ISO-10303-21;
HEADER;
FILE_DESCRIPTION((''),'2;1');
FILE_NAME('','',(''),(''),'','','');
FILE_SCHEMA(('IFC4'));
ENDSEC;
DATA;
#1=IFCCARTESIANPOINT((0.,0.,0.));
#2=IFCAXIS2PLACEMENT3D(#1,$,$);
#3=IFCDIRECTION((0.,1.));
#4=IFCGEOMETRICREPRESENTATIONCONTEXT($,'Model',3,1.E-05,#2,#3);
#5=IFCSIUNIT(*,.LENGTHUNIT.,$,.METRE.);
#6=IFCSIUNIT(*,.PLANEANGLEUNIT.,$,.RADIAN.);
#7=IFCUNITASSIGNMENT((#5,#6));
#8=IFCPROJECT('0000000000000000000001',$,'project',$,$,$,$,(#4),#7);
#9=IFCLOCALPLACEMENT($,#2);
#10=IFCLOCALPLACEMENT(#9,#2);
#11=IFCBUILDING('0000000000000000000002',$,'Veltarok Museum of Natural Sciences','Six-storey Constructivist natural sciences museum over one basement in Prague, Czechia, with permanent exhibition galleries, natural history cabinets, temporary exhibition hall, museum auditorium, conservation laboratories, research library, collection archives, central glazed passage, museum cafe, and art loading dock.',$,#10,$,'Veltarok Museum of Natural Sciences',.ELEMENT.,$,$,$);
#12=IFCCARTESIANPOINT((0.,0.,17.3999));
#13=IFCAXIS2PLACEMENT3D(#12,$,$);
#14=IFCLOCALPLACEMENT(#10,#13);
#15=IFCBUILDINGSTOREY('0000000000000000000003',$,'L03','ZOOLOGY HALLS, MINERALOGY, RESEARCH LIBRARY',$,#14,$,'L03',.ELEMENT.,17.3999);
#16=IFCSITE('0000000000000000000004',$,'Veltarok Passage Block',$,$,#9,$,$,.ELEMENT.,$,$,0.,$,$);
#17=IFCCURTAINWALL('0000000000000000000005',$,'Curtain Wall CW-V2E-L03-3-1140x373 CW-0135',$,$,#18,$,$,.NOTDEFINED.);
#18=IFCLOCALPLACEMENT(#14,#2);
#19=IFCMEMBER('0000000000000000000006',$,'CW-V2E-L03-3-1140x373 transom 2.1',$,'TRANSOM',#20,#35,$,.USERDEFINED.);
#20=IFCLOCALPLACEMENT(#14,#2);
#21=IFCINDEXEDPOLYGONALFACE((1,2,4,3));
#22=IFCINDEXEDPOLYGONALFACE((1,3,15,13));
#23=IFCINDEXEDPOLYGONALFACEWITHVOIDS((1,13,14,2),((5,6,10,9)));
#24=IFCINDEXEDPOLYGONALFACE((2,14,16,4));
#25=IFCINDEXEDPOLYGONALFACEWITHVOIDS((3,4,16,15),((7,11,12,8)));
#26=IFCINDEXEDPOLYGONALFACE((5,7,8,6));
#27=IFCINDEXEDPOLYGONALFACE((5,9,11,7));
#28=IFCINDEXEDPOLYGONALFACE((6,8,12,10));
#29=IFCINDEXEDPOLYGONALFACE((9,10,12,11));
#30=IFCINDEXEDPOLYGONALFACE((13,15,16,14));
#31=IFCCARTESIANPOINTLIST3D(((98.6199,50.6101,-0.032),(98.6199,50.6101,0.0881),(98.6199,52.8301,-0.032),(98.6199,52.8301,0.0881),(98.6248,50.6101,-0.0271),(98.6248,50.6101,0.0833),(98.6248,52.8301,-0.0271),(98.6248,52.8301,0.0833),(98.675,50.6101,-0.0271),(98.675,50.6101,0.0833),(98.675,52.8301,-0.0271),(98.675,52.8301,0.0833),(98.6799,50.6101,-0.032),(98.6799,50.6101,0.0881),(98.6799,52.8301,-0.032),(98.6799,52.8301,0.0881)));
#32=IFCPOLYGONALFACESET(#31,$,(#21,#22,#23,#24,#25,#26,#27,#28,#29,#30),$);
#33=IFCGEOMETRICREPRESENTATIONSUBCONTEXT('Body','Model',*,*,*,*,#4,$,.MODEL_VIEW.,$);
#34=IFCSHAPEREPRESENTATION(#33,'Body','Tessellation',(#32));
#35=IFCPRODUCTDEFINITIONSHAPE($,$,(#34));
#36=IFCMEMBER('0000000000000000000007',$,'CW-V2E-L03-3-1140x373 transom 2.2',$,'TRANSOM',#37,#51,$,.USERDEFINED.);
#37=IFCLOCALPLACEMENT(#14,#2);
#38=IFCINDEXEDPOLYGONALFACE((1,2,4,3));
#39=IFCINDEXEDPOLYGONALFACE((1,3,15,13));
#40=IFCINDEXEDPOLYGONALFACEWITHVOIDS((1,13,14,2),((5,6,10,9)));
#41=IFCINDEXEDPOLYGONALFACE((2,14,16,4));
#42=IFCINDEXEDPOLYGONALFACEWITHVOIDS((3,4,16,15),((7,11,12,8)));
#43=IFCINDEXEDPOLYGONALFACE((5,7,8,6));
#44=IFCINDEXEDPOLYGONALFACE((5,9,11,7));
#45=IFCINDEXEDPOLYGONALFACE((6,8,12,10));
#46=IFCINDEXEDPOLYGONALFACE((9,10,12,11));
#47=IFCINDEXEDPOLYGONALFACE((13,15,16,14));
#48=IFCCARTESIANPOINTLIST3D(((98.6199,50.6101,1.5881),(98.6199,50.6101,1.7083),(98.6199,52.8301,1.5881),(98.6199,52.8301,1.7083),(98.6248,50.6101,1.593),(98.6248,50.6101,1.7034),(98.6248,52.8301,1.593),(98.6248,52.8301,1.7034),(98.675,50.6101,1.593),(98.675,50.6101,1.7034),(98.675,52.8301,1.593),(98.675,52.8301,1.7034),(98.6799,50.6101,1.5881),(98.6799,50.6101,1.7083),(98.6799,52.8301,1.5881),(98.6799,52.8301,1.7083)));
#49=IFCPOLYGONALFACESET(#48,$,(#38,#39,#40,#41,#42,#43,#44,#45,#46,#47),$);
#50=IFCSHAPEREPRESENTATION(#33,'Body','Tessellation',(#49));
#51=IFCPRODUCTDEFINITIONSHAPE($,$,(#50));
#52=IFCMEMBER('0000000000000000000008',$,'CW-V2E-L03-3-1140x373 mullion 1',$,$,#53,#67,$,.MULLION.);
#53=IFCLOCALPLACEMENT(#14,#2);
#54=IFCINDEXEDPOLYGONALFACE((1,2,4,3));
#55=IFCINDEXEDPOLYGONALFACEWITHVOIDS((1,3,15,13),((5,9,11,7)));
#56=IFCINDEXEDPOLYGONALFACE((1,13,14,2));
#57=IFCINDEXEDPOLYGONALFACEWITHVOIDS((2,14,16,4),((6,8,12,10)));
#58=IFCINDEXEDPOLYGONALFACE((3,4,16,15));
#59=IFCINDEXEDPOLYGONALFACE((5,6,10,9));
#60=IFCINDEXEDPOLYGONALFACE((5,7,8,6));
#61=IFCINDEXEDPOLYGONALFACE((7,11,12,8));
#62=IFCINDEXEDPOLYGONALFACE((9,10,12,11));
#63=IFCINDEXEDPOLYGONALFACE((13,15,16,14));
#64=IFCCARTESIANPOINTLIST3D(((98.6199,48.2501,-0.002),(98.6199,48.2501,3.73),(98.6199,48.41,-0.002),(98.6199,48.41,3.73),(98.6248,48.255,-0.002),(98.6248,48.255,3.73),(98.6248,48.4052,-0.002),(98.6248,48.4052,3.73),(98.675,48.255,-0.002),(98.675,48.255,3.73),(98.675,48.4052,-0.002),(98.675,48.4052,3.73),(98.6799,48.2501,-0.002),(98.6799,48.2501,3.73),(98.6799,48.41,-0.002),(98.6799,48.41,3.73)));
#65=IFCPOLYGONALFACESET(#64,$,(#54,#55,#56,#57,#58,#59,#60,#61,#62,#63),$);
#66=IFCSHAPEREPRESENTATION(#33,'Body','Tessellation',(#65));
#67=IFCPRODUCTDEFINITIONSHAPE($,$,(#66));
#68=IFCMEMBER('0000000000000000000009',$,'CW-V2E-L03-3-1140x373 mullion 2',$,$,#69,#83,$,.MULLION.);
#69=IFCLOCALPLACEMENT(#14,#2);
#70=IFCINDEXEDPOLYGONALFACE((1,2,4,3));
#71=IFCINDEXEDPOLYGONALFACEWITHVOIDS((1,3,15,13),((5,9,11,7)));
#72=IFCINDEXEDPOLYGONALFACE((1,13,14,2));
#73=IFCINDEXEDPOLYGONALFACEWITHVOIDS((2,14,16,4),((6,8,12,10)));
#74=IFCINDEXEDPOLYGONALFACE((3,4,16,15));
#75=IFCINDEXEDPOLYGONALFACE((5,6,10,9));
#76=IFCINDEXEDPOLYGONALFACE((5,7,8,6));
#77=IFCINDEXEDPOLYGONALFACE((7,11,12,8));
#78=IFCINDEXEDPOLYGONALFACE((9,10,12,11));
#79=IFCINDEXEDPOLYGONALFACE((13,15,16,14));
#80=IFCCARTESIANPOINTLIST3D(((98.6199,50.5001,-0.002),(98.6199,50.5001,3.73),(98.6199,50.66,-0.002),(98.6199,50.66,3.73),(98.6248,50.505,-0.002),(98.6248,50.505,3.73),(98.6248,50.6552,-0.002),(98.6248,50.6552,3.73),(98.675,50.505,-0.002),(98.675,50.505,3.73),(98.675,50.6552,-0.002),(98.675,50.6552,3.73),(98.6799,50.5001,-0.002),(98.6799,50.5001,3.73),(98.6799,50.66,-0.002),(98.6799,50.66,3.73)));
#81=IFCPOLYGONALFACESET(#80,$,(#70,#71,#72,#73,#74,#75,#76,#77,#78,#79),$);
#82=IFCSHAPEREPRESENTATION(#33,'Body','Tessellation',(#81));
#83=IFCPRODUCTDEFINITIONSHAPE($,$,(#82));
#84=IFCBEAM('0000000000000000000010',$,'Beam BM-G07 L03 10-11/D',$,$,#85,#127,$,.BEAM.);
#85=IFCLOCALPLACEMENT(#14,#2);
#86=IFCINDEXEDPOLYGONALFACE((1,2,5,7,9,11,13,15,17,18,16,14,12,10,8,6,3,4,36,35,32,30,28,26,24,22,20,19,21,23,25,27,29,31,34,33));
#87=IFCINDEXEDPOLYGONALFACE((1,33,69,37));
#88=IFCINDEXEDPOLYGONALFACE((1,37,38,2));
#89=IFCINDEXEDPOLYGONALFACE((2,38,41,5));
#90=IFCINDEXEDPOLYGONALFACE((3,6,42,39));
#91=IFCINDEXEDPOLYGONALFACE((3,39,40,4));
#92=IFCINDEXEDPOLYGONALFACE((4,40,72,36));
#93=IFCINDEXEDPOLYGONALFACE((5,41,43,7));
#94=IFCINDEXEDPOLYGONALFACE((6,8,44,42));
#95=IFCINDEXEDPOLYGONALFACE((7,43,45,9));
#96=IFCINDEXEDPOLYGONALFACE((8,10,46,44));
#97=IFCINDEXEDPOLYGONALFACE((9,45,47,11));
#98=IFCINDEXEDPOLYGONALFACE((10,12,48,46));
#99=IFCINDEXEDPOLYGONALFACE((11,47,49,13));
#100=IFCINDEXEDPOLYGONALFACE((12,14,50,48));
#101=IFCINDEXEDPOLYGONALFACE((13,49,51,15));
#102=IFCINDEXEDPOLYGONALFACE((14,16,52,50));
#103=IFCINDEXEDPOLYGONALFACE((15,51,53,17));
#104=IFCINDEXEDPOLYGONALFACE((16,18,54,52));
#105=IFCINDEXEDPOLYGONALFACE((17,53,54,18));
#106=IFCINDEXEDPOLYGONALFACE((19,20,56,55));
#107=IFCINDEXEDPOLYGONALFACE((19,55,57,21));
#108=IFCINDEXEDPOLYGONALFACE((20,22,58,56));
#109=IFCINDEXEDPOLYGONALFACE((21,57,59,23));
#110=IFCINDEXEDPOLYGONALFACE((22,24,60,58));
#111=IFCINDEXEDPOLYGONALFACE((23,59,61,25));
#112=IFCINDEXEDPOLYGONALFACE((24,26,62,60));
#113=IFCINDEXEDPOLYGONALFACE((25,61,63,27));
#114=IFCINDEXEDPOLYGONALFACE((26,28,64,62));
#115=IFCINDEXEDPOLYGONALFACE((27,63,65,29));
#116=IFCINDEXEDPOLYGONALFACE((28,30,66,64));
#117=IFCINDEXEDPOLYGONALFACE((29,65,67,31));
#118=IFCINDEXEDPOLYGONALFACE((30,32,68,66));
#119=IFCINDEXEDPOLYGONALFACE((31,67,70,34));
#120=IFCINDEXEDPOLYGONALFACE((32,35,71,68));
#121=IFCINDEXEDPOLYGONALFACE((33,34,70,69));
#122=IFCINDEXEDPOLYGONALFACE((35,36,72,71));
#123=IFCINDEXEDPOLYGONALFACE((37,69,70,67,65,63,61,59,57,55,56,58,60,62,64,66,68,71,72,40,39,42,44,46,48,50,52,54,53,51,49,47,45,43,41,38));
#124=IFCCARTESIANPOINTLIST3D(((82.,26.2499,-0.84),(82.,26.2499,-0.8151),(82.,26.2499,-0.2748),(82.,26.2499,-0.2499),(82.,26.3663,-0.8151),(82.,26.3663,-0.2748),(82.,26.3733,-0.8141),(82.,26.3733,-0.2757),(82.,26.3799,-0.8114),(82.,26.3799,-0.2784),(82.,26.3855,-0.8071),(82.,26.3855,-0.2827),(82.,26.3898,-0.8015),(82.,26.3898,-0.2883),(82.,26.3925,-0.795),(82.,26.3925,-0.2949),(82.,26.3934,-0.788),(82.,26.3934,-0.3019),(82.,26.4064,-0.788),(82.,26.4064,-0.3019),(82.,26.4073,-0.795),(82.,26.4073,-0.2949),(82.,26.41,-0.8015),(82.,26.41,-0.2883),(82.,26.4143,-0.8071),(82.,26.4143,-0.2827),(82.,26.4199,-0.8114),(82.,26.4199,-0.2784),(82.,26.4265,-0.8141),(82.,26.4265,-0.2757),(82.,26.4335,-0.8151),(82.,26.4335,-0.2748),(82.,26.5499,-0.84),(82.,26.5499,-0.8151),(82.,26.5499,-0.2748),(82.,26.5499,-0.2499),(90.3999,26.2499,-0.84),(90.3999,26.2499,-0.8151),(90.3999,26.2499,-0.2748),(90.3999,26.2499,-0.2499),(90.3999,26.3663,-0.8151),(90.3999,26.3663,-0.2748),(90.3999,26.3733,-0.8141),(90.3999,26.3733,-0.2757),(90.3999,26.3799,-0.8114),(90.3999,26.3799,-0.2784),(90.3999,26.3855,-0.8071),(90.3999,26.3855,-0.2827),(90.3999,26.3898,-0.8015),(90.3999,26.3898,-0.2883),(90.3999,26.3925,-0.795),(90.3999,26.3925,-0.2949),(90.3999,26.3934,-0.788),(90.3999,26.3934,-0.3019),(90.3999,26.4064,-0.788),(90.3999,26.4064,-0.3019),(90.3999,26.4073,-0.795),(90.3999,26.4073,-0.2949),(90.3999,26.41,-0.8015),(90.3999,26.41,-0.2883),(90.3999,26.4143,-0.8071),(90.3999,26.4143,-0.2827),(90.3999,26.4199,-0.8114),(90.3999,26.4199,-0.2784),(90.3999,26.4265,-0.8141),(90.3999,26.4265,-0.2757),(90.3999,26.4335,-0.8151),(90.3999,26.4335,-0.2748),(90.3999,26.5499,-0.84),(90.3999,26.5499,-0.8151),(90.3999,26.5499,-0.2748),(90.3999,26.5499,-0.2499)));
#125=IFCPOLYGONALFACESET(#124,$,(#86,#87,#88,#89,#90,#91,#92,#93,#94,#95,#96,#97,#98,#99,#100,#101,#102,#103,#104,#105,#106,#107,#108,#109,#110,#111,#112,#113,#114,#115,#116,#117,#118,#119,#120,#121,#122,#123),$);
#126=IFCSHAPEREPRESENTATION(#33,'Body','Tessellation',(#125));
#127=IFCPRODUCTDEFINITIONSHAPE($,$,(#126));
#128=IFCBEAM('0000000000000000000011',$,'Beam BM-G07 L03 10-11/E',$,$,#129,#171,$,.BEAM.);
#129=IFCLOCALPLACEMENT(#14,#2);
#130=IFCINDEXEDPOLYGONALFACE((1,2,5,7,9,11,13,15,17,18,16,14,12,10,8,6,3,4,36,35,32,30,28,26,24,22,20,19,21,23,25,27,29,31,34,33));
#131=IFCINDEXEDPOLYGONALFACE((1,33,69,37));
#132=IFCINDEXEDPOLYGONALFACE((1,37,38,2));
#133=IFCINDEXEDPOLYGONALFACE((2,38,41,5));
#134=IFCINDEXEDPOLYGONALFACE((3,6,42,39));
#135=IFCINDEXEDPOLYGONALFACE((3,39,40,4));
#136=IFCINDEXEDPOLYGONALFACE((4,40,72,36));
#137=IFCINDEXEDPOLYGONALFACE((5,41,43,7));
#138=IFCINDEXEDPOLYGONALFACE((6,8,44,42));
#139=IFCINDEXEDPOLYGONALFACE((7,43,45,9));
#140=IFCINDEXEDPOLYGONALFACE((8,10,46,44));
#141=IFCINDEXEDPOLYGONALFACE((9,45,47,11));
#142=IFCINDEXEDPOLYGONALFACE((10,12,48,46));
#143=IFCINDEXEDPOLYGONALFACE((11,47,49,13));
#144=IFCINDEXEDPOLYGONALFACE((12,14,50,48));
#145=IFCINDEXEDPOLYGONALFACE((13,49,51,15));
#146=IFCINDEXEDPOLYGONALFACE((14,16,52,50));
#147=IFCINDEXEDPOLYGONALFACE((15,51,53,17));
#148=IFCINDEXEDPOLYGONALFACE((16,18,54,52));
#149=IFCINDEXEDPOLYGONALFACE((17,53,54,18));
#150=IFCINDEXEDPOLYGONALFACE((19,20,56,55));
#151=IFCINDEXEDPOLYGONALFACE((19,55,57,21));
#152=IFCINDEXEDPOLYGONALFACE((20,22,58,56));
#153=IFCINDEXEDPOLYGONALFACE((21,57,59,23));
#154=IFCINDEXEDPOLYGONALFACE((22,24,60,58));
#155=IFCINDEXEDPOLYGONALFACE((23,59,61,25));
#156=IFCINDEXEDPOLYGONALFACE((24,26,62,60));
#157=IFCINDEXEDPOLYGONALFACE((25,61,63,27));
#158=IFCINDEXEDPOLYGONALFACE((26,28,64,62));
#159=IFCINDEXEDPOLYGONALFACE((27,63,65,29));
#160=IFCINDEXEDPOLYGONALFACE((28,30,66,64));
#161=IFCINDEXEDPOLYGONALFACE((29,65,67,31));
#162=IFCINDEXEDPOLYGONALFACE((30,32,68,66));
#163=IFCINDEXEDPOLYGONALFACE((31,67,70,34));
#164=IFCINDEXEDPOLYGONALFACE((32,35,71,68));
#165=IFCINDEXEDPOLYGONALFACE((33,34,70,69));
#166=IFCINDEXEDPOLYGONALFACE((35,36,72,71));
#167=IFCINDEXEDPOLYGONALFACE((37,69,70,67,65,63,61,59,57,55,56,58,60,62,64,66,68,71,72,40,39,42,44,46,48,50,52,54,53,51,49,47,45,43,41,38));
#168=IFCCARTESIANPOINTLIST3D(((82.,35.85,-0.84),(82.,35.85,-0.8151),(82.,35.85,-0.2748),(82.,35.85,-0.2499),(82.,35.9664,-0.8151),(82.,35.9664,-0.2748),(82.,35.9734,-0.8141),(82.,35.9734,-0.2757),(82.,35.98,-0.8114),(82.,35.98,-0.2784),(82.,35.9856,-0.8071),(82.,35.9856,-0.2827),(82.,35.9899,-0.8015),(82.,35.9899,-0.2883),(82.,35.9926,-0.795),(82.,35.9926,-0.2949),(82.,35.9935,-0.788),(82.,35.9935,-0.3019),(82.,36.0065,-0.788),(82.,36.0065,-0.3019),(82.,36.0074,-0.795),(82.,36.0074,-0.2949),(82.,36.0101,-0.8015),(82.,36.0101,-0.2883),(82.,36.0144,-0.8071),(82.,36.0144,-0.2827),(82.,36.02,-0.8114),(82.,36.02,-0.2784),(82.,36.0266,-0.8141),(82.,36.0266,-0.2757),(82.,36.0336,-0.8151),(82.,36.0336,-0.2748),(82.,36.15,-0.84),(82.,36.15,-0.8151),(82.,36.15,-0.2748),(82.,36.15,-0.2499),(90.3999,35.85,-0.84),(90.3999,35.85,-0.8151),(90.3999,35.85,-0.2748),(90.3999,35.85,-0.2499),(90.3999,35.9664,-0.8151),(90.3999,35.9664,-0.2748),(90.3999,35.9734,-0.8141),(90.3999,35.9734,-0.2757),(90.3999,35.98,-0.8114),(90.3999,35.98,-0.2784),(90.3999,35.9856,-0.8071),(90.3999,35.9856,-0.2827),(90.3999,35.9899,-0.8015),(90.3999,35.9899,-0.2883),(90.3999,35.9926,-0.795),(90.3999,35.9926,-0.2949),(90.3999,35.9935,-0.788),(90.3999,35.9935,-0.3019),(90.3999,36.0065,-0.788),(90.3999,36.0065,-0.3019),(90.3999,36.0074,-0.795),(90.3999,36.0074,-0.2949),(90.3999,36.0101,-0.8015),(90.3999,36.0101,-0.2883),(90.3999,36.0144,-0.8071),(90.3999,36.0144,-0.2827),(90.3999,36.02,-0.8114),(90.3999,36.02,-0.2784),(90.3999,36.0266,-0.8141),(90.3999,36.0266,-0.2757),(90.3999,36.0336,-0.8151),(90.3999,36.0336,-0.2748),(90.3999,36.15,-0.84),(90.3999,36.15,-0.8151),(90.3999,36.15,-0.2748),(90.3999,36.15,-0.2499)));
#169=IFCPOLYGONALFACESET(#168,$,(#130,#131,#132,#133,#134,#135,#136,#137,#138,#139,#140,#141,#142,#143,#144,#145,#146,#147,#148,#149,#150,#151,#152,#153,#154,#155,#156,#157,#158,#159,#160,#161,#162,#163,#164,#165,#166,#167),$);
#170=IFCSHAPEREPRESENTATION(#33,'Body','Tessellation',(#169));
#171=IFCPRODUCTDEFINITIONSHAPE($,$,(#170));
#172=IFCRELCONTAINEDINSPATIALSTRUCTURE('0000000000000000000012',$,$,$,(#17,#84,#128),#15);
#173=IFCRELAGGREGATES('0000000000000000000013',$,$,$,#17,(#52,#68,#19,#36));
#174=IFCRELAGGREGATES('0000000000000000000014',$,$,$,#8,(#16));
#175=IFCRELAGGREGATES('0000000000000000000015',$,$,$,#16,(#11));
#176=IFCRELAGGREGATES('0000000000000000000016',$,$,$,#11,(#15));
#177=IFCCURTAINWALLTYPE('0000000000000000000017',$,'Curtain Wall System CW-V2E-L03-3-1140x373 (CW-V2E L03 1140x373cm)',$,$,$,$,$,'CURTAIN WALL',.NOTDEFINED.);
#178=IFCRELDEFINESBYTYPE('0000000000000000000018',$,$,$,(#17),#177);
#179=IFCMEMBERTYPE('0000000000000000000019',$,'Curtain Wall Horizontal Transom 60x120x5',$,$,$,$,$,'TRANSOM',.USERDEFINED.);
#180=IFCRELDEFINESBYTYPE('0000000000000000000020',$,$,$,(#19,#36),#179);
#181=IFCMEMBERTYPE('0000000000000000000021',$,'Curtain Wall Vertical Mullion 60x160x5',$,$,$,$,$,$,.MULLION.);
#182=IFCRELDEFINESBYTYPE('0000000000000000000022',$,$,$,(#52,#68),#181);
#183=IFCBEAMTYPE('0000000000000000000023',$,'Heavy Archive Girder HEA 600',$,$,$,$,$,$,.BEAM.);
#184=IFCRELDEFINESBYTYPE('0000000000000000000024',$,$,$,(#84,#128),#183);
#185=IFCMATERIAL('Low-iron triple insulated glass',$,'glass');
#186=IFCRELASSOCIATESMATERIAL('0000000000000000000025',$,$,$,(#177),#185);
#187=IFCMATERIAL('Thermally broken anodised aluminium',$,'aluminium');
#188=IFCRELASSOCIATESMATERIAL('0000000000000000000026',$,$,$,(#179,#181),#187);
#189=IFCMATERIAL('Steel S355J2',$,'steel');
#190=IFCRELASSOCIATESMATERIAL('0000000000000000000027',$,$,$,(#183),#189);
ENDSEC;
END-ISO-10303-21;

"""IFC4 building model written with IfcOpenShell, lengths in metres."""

from ifc_helpers import new_model, si_unit, direction, frame, origin, origin_2d, place, context, subcontext, project, spatial, hollow_rectangle, i_section, extrude, material, material_profile, profile_set, type_object, element, aggregate, save


model = new_model("IFC4")

# Units and contexts
model_context = context("Model", 3, precision=1e-05, world=origin(), true_north=direction((0.0, 1.0)))
body_context = subcontext(model_context, "Body", "Model", "MODEL_VIEW")
ifc_project = project(units=[si_unit("LENGTHUNIT", "METRE"), si_unit("PLANEANGLEUNIT", "RADIAN")], contexts=[model_context])

# Site, building, storey
site_placement = place(None, origin())
site = spatial("IfcSite", under=ifc_project, at=site_placement, Name="Veltarok Passage Block", CompositionType="ELEMENT", RefElevation=0.0)
building_placement = place(site_placement, origin())
building = spatial("IfcBuilding", under=site, at=building_placement, Name="Veltarok Museum of Natural Sciences", Description="Six-storey Constructivist natural sciences museum over one basement in Prague, Czechia, with permanent exhibition galleries, natural history cabinets, temporary exhibition hall, museum auditorium, conservation laboratories, research library, collection archives, central glazed passage, museum cafe, and art loading dock.", LongName="Veltarok Museum of Natural Sciences", CompositionType="ELEMENT")
storey_placement = place(building_placement, frame((0.0, 0.0, 17.3999)))
storey = spatial("IfcBuildingStorey", under=building, at=storey_placement, Name="L03", Description="ZOOLOGY HALLS, MINERALOGY, RESEARCH LIBRARY", LongName="L03", CompositionType="ELEMENT", Elevation=17.3999)

# Shared definitions
ifc_material_1 = material(Name="Steel S355J2", Category="steel")

# Curtain wall, members
ifc_material_2 = material(Name="Low-iron triple insulated glass", Category="glass")
curtain_wall_type = type_object("IfcCurtainWallType", Name="Curtain Wall System CW-V2E-L03-3-1140x373 (CW-V2E L03 1140x373cm)", ElementType="CURTAIN WALL", PredefinedType="NOTDEFINED", material=ifc_material_2)
curtain_wall_placement = place(storey_placement, origin())
curtain_wall = element("IfcCurtainWall", 1, at=curtain_wall_placement, inside=storey, type_object=curtain_wall_type, Name="Curtain Wall CW-V2E-L03-3-1140x373 CW-0135", PredefinedType="NOTDEFINED")
ifc_material_3 = material(Name="Thermally broken anodised aluminium", Category="aluminium")
ifc_material_profile_1 = material_profile(ifc_material_3, hollow_rectangle(XDim=0.0601, YDim=0.1201, WallThickness=0.0049, at=origin_2d()), Name="CW TRANSOM 60x120x5")
ifc_profile_set_1 = profile_set([ifc_material_profile_1], Name="Thermally broken anodised aluminium")
member_type_1 = type_object("IfcMemberType", Name="Curtain Wall Horizontal Transom 60x120x5", ElementType="TRANSOM", PredefinedType="USERDEFINED", material=ifc_profile_set_1)
member_1_placement = place(storey_placement, frame((98.6499, 50.6101, 0.0281), z_axis=(0.0, 1.0, 0.0), x_axis=(-1.0, 0.0, 0.0)))
member_1 = element("IfcMember", 2, at=member_1_placement, type_object=member_type_1, Name="CW-V2E-L03-3-1140x373 transom 2.1", ObjectType="TRANSOM", PredefinedType="USERDEFINED", context=body_context, shape_type="SweptSolid", body=[
    extrude(hollow_rectangle(XDim=0.0601, YDim=0.1201, WallThickness=0.0049, at=origin_2d()), origin(), (0.0, 0.0, 1.0), 2.22),
])
member_2_placement = place(storey_placement, frame((98.6499, 50.6101, 1.6482), z_axis=(0.0, 1.0, 0.0), x_axis=(-1.0, 0.0, 0.0)))
member_2 = element("IfcMember", 3, at=member_2_placement, type_object=member_type_1, Name="CW-V2E-L03-3-1140x373 transom 2.2", ObjectType="TRANSOM", PredefinedType="USERDEFINED", context=body_context, shape_type="SweptSolid", body=[
    extrude(hollow_rectangle(XDim=0.0601, YDim=0.1201, WallThickness=0.0049, at=origin_2d()), origin(), (0.0, 0.0, 1.0), 2.22),
])
ifc_material_profile_2 = material_profile(ifc_material_3, hollow_rectangle(XDim=0.0601, YDim=0.1599, WallThickness=0.0049, at=origin_2d()), Name="CW MULLION 60x160x5")
ifc_profile_set_2 = profile_set([ifc_material_profile_2], Name="Thermally broken anodised aluminium")
member_type_2 = type_object("IfcMemberType", Name="Curtain Wall Vertical Mullion 60x160x5", PredefinedType="MULLION", material=ifc_profile_set_2)
member_3_placement = place(storey_placement, frame((98.6499, 48.3301, -0.002), z_axis=(0.0, 0.0, 1.0), x_axis=(-1.0, 0.0, 0.0)))
member_3 = element("IfcMember", 4, at=member_3_placement, type_object=member_type_2, Name="CW-V2E-L03-3-1140x373 mullion 1", PredefinedType="MULLION", context=body_context, shape_type="SweptSolid", body=[
    extrude(hollow_rectangle(XDim=0.0601, YDim=0.1599, WallThickness=0.0049, at=origin_2d()), origin(), (0.0, 0.0, 1.0), 3.7319),
])
member_4_placement = place(storey_placement, frame((98.6499, 50.5801, -0.002), z_axis=(0.0, 0.0, 1.0), x_axis=(-1.0, 0.0, 0.0)))
member_4 = element("IfcMember", 5, at=member_4_placement, type_object=member_type_2, Name="CW-V2E-L03-3-1140x373 mullion 2", PredefinedType="MULLION", context=body_context, shape_type="SweptSolid", body=[
    extrude(hollow_rectangle(XDim=0.0601, YDim=0.1599, WallThickness=0.0049, at=origin_2d()), origin(), (0.0, 0.0, 1.0), 3.7319),
])

# Beams
ifc_material_profile_3 = material_profile(ifc_material_1, i_section(OverallWidth=0.3, OverallDepth=0.5901, WebThickness=0.0129, FlangeThickness=0.0249, FilletRadius=0.0271, at=origin_2d()), Name="HEA 600")
ifc_profile_set_3 = profile_set([ifc_material_profile_3], Name="Steel S355J2")
beam_type_1 = type_object("IfcBeamType", Name="Heavy Archive Girder HEA 600", PredefinedType="BEAM", material=ifc_profile_set_3)
for number, where, z_axis, x_axis, name in (
    (6, (82.0, 26.3999, -0.5449), (1.0, 0.0, 0.0), (0.0, 1.0, 0.0), "Beam BM-G07 L03 10-11/D"),
    (7, (82.0, 36.0, -0.5449), (1.0, 0.0, 0.0), (0.0, 1.0, 0.0), "Beam BM-G07 L03 10-11/E"),
):
    element("IfcBeam", number, at=place(storey_placement, frame(where, z_axis=z_axis, x_axis=x_axis)), inside=storey, type_object=beam_type_1, Name=name, PredefinedType="BEAM", context=body_context, shape_type="SweptSolid", body=[
        extrude(i_section(OverallWidth=0.3, OverallDepth=0.5901, WebThickness=0.0129, FlangeThickness=0.0249, FilletRadius=0.0271, at=origin_2d()), origin(), (0.0, 0.0, 1.0), 8.3999),
    ])

aggregate(curtain_wall, [member_3, member_4, member_1, member_2])

save(model, "model.ifc")
